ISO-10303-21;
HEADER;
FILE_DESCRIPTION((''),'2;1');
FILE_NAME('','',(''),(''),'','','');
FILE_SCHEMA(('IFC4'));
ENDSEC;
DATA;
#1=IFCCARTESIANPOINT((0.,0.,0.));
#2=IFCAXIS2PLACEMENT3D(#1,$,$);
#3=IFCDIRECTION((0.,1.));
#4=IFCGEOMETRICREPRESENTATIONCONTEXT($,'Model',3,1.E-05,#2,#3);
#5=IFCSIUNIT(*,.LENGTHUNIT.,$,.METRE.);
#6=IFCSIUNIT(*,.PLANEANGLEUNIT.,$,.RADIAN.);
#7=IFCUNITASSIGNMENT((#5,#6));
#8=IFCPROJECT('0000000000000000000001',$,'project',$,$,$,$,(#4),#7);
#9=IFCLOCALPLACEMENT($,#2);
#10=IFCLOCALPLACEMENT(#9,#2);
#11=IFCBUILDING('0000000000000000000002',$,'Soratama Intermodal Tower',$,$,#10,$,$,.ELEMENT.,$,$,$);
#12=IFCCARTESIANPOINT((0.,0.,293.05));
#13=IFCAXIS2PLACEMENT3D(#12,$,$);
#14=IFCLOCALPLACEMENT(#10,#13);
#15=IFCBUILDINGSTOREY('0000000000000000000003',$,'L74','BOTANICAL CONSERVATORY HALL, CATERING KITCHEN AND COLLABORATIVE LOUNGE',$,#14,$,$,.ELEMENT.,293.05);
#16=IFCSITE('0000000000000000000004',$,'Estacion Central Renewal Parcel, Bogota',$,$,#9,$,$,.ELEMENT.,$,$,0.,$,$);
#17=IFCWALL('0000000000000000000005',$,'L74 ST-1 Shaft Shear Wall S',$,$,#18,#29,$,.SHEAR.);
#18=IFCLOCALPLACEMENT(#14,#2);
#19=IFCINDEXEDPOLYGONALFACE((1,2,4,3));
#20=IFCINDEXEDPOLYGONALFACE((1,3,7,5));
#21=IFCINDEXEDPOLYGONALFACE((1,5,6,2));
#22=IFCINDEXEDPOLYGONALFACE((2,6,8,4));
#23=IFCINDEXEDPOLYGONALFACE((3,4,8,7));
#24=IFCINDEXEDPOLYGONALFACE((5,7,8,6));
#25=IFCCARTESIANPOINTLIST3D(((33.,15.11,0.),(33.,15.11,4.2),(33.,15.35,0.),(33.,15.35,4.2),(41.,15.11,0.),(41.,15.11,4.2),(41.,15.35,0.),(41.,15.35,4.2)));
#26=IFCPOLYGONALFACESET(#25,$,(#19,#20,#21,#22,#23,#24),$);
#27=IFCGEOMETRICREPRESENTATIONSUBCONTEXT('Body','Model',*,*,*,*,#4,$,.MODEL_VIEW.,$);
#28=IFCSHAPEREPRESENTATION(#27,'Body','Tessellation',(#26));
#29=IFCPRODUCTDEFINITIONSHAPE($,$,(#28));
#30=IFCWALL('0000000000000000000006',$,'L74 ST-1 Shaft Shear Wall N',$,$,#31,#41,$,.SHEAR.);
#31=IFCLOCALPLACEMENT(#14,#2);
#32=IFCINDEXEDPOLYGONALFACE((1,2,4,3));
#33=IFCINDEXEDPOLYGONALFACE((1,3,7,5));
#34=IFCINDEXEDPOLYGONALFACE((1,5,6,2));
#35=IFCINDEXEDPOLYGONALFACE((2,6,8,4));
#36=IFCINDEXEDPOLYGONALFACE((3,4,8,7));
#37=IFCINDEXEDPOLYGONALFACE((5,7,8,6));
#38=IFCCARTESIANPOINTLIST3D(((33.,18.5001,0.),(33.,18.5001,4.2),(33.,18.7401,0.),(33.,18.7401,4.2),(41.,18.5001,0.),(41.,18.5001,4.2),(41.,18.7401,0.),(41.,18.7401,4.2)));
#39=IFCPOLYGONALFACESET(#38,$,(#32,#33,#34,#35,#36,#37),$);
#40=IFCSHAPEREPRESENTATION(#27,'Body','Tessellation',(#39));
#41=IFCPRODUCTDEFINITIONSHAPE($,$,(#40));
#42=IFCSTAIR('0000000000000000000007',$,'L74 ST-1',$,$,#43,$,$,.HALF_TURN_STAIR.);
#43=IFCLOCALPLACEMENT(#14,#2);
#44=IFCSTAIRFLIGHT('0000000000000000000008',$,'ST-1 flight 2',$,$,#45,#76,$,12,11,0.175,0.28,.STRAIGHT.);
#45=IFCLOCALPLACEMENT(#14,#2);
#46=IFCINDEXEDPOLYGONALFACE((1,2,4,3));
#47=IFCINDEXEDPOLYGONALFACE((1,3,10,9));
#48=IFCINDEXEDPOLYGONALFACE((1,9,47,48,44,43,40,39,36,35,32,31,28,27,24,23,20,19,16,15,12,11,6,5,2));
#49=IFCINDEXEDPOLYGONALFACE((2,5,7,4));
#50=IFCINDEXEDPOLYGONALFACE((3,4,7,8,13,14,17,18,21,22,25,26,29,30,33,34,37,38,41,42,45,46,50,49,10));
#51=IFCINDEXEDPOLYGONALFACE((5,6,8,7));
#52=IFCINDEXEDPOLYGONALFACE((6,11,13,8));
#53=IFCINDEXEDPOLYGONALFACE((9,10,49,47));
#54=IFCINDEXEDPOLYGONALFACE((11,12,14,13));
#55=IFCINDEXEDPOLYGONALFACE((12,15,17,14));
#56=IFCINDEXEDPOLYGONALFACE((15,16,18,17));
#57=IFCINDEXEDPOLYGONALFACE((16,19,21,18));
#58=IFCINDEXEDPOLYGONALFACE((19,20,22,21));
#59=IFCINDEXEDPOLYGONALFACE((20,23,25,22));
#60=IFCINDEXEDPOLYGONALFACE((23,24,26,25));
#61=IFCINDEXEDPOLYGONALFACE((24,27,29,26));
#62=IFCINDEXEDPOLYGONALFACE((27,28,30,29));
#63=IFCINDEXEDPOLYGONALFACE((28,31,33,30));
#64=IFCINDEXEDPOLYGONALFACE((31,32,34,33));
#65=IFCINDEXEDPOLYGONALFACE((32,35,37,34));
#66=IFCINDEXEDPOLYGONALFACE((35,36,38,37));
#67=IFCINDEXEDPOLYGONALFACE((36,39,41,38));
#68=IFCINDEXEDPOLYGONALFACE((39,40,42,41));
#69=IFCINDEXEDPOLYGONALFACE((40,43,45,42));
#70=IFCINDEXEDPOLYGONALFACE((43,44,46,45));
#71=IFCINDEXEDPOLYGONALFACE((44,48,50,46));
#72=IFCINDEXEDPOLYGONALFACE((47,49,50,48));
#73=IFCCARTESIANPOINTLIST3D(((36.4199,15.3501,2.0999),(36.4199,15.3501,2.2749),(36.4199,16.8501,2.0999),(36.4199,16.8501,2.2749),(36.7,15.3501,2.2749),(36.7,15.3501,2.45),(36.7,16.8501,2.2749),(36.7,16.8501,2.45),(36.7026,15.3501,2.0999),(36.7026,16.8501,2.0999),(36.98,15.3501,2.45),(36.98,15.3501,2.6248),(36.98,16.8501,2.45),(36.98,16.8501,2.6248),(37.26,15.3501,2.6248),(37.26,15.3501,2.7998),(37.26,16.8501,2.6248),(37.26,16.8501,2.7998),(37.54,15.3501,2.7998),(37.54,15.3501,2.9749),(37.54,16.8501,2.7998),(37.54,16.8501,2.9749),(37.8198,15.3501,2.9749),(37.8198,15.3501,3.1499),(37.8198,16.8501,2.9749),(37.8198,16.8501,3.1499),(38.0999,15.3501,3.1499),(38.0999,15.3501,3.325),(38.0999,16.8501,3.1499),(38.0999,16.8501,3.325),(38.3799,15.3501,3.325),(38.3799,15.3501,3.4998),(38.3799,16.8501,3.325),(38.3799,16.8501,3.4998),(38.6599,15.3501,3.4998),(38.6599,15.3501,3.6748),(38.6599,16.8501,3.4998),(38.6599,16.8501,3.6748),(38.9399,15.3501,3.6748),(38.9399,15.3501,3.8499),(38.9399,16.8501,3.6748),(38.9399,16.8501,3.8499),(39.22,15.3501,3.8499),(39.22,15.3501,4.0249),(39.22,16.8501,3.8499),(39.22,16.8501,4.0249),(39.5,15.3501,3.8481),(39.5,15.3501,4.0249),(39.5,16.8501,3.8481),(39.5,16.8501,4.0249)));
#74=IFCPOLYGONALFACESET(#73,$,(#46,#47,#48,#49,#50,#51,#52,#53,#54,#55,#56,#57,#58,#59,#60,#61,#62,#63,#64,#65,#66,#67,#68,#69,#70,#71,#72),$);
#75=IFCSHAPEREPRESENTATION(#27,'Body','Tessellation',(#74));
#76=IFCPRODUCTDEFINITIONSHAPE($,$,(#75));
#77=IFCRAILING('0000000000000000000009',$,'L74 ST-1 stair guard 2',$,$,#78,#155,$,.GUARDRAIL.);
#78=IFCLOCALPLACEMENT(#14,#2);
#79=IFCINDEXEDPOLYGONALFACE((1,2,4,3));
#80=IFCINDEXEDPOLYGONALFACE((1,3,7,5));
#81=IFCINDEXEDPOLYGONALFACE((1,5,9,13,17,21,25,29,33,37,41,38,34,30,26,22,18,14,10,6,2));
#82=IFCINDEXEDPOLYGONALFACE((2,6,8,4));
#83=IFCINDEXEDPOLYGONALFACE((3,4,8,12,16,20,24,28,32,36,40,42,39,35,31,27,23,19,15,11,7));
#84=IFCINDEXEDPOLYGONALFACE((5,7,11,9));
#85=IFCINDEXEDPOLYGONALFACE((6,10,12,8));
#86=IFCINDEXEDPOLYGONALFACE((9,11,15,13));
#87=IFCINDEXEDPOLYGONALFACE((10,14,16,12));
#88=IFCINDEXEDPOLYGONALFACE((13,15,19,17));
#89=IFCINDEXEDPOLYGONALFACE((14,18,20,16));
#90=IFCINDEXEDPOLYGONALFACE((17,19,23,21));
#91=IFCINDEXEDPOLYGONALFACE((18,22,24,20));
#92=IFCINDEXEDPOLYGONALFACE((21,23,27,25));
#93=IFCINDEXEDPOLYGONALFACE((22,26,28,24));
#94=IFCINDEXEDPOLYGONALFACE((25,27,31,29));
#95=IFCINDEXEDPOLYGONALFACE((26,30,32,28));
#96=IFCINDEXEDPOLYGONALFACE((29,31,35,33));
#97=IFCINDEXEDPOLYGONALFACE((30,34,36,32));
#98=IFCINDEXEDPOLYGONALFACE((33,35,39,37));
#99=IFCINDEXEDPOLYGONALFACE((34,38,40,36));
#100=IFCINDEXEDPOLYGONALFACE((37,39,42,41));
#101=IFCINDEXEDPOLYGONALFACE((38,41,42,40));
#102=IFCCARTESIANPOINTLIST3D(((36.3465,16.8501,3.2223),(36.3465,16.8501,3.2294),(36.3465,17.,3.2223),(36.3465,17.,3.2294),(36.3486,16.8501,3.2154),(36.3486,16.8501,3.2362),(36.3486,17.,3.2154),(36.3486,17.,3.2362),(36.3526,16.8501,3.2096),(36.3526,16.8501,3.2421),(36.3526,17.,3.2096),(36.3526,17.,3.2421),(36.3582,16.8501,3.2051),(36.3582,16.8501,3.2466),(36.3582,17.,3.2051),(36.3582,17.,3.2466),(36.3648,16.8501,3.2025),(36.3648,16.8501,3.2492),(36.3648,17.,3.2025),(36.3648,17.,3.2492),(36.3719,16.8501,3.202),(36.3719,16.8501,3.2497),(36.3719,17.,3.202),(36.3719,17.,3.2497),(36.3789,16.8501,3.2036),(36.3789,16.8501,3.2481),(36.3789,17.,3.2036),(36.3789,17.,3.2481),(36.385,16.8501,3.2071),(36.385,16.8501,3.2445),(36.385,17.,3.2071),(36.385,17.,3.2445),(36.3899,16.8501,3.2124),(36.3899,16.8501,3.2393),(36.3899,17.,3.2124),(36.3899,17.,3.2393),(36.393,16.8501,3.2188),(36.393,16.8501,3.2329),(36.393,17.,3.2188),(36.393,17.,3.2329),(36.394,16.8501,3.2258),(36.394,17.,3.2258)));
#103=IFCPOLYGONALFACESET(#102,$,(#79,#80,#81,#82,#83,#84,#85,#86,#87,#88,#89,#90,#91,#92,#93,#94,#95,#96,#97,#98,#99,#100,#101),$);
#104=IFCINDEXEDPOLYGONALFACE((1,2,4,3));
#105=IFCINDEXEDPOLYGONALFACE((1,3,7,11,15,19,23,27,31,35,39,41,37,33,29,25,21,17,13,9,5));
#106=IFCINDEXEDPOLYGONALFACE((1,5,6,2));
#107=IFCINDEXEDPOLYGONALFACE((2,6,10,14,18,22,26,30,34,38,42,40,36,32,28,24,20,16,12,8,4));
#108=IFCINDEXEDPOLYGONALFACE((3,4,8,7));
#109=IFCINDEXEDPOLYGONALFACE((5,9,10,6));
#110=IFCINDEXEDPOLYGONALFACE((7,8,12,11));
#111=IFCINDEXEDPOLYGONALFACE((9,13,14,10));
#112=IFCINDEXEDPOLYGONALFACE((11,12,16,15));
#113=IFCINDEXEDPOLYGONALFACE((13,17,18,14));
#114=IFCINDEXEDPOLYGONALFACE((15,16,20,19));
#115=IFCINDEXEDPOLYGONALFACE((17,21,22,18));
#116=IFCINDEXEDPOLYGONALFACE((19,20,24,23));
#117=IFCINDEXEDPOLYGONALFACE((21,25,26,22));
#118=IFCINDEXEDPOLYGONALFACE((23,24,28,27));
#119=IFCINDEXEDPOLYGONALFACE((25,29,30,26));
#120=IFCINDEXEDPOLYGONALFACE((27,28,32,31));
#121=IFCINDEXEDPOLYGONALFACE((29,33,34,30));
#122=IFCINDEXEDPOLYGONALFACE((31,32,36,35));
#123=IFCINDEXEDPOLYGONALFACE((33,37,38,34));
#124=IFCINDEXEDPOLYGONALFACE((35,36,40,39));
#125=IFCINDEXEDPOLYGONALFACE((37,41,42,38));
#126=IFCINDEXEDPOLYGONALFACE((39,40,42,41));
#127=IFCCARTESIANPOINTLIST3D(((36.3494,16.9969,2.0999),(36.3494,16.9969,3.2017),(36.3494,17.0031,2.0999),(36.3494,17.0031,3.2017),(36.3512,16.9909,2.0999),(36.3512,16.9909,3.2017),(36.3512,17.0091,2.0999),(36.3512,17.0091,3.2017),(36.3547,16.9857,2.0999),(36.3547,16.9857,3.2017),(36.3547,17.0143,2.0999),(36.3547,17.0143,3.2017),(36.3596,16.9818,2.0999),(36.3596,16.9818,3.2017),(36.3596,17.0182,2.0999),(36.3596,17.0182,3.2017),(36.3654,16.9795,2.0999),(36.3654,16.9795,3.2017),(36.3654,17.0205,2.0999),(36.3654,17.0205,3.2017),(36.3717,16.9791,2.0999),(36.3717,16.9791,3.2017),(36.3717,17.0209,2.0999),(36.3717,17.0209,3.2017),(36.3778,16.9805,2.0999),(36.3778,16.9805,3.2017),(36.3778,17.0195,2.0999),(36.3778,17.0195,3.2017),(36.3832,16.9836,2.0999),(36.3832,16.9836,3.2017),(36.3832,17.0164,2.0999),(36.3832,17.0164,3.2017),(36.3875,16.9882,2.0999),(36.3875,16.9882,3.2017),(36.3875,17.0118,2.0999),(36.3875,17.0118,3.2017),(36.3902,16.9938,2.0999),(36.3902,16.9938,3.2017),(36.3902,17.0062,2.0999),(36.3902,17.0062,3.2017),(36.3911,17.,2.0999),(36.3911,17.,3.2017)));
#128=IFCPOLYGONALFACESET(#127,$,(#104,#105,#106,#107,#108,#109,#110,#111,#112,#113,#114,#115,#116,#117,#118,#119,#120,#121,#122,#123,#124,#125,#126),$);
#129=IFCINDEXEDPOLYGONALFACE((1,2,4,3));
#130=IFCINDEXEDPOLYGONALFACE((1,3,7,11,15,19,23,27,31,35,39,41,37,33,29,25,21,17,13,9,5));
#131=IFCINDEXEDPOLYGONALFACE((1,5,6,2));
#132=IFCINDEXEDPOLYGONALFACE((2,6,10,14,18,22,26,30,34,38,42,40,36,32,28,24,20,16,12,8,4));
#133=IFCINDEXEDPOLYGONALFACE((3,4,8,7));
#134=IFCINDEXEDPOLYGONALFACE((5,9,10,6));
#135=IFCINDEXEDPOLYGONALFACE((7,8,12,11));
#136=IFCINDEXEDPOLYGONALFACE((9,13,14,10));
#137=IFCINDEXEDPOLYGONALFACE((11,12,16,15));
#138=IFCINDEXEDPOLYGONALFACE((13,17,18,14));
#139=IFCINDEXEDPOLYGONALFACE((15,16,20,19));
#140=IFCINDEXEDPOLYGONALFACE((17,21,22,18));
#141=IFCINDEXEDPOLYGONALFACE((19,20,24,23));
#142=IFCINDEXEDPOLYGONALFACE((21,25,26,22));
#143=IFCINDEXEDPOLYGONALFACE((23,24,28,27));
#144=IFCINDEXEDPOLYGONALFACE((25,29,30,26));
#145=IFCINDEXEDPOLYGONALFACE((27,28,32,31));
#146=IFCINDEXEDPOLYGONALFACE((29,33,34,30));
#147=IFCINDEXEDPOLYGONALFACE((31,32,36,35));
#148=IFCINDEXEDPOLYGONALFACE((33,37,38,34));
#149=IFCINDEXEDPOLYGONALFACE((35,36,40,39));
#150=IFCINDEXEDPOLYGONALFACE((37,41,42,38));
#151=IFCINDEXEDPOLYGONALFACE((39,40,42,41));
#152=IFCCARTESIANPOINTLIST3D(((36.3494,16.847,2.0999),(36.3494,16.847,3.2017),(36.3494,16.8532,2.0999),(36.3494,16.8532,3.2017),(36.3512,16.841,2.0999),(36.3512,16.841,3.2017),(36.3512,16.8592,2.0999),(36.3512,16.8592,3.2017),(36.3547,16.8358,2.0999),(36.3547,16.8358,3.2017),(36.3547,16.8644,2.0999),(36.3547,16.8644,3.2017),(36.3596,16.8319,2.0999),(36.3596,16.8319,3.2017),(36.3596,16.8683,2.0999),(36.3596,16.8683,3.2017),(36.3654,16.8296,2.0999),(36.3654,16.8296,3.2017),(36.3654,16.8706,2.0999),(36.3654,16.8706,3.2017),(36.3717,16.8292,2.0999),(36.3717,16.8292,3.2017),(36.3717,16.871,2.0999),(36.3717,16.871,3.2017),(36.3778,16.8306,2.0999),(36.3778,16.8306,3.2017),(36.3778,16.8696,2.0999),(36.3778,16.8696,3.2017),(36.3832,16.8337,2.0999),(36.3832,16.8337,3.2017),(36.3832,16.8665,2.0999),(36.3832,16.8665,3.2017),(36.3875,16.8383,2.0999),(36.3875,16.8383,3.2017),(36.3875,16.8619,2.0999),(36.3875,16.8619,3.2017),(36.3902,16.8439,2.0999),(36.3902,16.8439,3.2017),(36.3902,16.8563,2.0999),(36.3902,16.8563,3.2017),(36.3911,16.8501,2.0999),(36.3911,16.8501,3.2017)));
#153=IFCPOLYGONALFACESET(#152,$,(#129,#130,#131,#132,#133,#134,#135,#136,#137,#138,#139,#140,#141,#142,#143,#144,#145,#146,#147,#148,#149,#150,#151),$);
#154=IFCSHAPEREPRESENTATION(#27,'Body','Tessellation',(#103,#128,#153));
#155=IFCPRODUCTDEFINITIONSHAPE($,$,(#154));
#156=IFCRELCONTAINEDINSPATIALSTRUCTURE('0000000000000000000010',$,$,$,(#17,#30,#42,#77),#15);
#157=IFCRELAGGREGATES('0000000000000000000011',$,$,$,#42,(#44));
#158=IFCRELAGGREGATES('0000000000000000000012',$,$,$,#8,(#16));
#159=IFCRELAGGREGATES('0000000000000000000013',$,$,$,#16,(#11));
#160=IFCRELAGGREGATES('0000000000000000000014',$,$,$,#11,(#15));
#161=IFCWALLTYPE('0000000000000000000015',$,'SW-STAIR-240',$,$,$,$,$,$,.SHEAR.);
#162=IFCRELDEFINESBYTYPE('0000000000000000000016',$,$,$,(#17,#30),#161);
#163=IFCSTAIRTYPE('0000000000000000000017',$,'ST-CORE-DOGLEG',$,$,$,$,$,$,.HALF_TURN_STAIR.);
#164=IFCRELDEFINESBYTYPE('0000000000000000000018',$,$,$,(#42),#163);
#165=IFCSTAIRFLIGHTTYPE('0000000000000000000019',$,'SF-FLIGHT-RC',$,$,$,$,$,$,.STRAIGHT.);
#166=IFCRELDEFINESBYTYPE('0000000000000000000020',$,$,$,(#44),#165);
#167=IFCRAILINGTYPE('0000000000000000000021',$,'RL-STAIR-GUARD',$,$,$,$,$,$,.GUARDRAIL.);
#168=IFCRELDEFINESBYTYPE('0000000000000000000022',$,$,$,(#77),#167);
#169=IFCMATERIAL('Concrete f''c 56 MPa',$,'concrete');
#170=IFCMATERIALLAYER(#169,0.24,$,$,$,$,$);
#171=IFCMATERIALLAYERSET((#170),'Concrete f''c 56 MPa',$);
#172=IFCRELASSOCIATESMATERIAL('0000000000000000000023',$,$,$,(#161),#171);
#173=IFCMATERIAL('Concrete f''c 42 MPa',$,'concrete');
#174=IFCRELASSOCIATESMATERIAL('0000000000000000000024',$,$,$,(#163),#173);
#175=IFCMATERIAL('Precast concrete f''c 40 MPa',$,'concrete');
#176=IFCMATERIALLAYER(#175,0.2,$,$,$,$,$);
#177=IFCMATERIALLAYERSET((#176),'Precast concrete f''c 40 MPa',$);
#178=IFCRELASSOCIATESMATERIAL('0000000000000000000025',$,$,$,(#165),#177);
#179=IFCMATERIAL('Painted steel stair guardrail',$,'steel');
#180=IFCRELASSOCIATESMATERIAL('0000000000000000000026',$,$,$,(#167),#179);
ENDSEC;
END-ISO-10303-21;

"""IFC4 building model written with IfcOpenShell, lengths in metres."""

from ifc_helpers import new_model, si_unit, direction, frame, frame_2d, origin, origin_2d, place, context, subcontext, project, spatial, polyline, rectangle, circle, outline, extrude, material, layer, layer_set, type_object, element, aggregate, save


model = new_model("IFC4")

# Units and contexts
model_context = context("Model", 3, precision=1e-05, world=origin(), true_north=direction((0.0, 1.0)))
body_context = subcontext(model_context, "Body", "Model", "MODEL_VIEW")
ifc_project = project(units=[si_unit("LENGTHUNIT", "METRE"), si_unit("PLANEANGLEUNIT", "RADIAN")], contexts=[model_context])

# Site, building, storey
site_placement = place(None, origin())
site = spatial("IfcSite", under=ifc_project, at=site_placement, Name="Estacion Central Renewal Parcel, Bogota", CompositionType="ELEMENT", RefElevation=0.0)
building_placement = place(site_placement, origin())
building = spatial("IfcBuilding", under=site, at=building_placement, Name="Soratama Intermodal Tower", CompositionType="ELEMENT")
storey_placement = place(building_placement, frame((0.0, 0.0, 293.05)))
storey = spatial("IfcBuildingStorey", under=building, at=storey_placement, Name="L74", Description="BOTANICAL CONSERVATORY HALL, CATERING KITCHEN AND COLLABORATIVE LOUNGE", CompositionType="ELEMENT", Elevation=293.05)

# Walls
ifc_material_1 = material(Name="Concrete f'c 56 MPa", Category="concrete")
ifc_layer_1 = layer(ifc_material_1, 0.24)
ifc_layer_set_1 = layer_set([ifc_layer_1], Name="Concrete f'c 56 MPa")
wall_type_1 = type_object("IfcWallType", Name="SW-STAIR-240", PredefinedType="SHEAR", material=ifc_layer_set_1)
for number, where, z_axis, x_axis, name in (
    (1, (33.0, 15.23, 0.0), (0.0, 0.0, 1.0), (1.0, 0.0, 0.0), "L74 ST-1 Shaft Shear Wall S"),
    (2, (33.0, 18.6201, 0.0), (0.0, 0.0, 1.0), (1.0, 0.0, 0.0), "L74 ST-1 Shaft Shear Wall N"),
):
    element("IfcWall", number, at=place(storey_placement, frame(where, z_axis=z_axis, x_axis=x_axis)), inside=storey, type_object=wall_type_1, Name=name, PredefinedType="SHEAR", context=body_context, shape_type="SweptSolid", body=[
        extrude(rectangle(XDim=8.0, YDim=0.24, at=frame_2d((4.0, 0.0))), origin(), (0.0, 0.0, 1.0), 4.2),
    ])

# Stair, stair flight
ifc_material_2 = material(Name="Concrete f'c 42 MPa", Category="concrete")
stair_type = type_object("IfcStairType", Name="ST-CORE-DOGLEG", PredefinedType="HALF_TURN_STAIR", material=ifc_material_2)
stair_placement = place(storey_placement, origin())
stair = element("IfcStair", 3, at=stair_placement, inside=storey, type_object=stair_type, Name="L74 ST-1", PredefinedType="HALF_TURN_STAIR")
ifc_material_3 = material(Name="Precast concrete f'c 40 MPa", Category="concrete")
ifc_layer_2 = layer(ifc_material_3, 0.2)
ifc_layer_set_2 = layer_set([ifc_layer_2], Name="Precast concrete f'c 40 MPa")
stair_flight_type = type_object("IfcStairFlightType", Name="SF-FLIGHT-RC", PredefinedType="STRAIGHT", material=ifc_layer_set_2)
stair_flight_placement = place(storey_placement, frame((36.4199, 16.1001, 2.0999), z_axis=(0.0, 0.0, 1.0), x_axis=(1.0, 0.0, 0.0)))
stair_flight = element("IfcStairFlight", 4, at=stair_flight_placement, type_object=stair_flight_type, Name="ST-1 flight 2", NumberOfRisers=12, NumberOfTreads=11, PredefinedType="STRAIGHT", RiserHeight=0.175, TreadLength=0.28, context=body_context, shape_type="SweptSolid", body=[
    extrude(outline(polyline([(0.0, 0.0), (0.0, 0.175), (0.28, 0.175), (0.28, 0.3501), (0.5601, 0.3501), (0.5601, 0.5249), (0.8401, 0.5249), (0.8401, 0.7), (1.1201, 0.7), (1.1201, 0.875), (1.3999, 0.875), (1.3999, 1.05), (1.6799, 1.05), (1.6799, 1.2251), (1.96, 1.2251), (1.96, 1.3999), (2.24, 1.3999), (2.24, 1.575), (2.52, 1.575), (2.52, 1.75), (2.8, 1.75), (2.8, 1.925), (3.0801, 1.925), (3.0801, 2.1001), (3.0801, 1.7483), (0.2827, 0.0), (0.0, 0.0)])), frame((0.0, 0.75, 0.0), z_axis=(0.0, -1.0, 0.0), x_axis=(1.0, 0.0, 0.0)), (0.0, 0.0, 1.0), 1.5),
])
aggregate(stair, [stair_flight])

# Railing
ifc_material_4 = material(Name="Painted steel stair guardrail", Category="steel")
railing_type_1 = type_object("IfcRailingType", Name="RL-STAIR-GUARD", PredefinedType="GUARDRAIL", material=ifc_material_4)
railing_1_placement = place(storey_placement, frame((36.3701, 17.0, 2.0999)))
element("IfcRailing", 5, at=railing_1_placement, inside=storey, type_object=railing_type_1, Name="L74 ST-1 stair guard 2", PredefinedType="GUARDRAIL", context=body_context, shape_type="SweptSolid", body=[
    extrude(circle(Radius=0.0239, at=origin_2d()), frame((0.0, 0.0, 1.126), z_axis=(0.0, -1.0, 0.0), x_axis=(1.0, 0.0, 0.0)), (0.0, 0.0, 1.0), 0.1499),
    extrude(circle(Radius=0.021, at=origin_2d()), origin(), (0.0, 0.0, 1.0), 1.1018),
    extrude(circle(Radius=0.021, at=origin_2d()), frame((0.0, -0.1499, 0.0)), (0.0, 0.0, 1.0), 1.1018),
])

save(model, "model.ifc")
